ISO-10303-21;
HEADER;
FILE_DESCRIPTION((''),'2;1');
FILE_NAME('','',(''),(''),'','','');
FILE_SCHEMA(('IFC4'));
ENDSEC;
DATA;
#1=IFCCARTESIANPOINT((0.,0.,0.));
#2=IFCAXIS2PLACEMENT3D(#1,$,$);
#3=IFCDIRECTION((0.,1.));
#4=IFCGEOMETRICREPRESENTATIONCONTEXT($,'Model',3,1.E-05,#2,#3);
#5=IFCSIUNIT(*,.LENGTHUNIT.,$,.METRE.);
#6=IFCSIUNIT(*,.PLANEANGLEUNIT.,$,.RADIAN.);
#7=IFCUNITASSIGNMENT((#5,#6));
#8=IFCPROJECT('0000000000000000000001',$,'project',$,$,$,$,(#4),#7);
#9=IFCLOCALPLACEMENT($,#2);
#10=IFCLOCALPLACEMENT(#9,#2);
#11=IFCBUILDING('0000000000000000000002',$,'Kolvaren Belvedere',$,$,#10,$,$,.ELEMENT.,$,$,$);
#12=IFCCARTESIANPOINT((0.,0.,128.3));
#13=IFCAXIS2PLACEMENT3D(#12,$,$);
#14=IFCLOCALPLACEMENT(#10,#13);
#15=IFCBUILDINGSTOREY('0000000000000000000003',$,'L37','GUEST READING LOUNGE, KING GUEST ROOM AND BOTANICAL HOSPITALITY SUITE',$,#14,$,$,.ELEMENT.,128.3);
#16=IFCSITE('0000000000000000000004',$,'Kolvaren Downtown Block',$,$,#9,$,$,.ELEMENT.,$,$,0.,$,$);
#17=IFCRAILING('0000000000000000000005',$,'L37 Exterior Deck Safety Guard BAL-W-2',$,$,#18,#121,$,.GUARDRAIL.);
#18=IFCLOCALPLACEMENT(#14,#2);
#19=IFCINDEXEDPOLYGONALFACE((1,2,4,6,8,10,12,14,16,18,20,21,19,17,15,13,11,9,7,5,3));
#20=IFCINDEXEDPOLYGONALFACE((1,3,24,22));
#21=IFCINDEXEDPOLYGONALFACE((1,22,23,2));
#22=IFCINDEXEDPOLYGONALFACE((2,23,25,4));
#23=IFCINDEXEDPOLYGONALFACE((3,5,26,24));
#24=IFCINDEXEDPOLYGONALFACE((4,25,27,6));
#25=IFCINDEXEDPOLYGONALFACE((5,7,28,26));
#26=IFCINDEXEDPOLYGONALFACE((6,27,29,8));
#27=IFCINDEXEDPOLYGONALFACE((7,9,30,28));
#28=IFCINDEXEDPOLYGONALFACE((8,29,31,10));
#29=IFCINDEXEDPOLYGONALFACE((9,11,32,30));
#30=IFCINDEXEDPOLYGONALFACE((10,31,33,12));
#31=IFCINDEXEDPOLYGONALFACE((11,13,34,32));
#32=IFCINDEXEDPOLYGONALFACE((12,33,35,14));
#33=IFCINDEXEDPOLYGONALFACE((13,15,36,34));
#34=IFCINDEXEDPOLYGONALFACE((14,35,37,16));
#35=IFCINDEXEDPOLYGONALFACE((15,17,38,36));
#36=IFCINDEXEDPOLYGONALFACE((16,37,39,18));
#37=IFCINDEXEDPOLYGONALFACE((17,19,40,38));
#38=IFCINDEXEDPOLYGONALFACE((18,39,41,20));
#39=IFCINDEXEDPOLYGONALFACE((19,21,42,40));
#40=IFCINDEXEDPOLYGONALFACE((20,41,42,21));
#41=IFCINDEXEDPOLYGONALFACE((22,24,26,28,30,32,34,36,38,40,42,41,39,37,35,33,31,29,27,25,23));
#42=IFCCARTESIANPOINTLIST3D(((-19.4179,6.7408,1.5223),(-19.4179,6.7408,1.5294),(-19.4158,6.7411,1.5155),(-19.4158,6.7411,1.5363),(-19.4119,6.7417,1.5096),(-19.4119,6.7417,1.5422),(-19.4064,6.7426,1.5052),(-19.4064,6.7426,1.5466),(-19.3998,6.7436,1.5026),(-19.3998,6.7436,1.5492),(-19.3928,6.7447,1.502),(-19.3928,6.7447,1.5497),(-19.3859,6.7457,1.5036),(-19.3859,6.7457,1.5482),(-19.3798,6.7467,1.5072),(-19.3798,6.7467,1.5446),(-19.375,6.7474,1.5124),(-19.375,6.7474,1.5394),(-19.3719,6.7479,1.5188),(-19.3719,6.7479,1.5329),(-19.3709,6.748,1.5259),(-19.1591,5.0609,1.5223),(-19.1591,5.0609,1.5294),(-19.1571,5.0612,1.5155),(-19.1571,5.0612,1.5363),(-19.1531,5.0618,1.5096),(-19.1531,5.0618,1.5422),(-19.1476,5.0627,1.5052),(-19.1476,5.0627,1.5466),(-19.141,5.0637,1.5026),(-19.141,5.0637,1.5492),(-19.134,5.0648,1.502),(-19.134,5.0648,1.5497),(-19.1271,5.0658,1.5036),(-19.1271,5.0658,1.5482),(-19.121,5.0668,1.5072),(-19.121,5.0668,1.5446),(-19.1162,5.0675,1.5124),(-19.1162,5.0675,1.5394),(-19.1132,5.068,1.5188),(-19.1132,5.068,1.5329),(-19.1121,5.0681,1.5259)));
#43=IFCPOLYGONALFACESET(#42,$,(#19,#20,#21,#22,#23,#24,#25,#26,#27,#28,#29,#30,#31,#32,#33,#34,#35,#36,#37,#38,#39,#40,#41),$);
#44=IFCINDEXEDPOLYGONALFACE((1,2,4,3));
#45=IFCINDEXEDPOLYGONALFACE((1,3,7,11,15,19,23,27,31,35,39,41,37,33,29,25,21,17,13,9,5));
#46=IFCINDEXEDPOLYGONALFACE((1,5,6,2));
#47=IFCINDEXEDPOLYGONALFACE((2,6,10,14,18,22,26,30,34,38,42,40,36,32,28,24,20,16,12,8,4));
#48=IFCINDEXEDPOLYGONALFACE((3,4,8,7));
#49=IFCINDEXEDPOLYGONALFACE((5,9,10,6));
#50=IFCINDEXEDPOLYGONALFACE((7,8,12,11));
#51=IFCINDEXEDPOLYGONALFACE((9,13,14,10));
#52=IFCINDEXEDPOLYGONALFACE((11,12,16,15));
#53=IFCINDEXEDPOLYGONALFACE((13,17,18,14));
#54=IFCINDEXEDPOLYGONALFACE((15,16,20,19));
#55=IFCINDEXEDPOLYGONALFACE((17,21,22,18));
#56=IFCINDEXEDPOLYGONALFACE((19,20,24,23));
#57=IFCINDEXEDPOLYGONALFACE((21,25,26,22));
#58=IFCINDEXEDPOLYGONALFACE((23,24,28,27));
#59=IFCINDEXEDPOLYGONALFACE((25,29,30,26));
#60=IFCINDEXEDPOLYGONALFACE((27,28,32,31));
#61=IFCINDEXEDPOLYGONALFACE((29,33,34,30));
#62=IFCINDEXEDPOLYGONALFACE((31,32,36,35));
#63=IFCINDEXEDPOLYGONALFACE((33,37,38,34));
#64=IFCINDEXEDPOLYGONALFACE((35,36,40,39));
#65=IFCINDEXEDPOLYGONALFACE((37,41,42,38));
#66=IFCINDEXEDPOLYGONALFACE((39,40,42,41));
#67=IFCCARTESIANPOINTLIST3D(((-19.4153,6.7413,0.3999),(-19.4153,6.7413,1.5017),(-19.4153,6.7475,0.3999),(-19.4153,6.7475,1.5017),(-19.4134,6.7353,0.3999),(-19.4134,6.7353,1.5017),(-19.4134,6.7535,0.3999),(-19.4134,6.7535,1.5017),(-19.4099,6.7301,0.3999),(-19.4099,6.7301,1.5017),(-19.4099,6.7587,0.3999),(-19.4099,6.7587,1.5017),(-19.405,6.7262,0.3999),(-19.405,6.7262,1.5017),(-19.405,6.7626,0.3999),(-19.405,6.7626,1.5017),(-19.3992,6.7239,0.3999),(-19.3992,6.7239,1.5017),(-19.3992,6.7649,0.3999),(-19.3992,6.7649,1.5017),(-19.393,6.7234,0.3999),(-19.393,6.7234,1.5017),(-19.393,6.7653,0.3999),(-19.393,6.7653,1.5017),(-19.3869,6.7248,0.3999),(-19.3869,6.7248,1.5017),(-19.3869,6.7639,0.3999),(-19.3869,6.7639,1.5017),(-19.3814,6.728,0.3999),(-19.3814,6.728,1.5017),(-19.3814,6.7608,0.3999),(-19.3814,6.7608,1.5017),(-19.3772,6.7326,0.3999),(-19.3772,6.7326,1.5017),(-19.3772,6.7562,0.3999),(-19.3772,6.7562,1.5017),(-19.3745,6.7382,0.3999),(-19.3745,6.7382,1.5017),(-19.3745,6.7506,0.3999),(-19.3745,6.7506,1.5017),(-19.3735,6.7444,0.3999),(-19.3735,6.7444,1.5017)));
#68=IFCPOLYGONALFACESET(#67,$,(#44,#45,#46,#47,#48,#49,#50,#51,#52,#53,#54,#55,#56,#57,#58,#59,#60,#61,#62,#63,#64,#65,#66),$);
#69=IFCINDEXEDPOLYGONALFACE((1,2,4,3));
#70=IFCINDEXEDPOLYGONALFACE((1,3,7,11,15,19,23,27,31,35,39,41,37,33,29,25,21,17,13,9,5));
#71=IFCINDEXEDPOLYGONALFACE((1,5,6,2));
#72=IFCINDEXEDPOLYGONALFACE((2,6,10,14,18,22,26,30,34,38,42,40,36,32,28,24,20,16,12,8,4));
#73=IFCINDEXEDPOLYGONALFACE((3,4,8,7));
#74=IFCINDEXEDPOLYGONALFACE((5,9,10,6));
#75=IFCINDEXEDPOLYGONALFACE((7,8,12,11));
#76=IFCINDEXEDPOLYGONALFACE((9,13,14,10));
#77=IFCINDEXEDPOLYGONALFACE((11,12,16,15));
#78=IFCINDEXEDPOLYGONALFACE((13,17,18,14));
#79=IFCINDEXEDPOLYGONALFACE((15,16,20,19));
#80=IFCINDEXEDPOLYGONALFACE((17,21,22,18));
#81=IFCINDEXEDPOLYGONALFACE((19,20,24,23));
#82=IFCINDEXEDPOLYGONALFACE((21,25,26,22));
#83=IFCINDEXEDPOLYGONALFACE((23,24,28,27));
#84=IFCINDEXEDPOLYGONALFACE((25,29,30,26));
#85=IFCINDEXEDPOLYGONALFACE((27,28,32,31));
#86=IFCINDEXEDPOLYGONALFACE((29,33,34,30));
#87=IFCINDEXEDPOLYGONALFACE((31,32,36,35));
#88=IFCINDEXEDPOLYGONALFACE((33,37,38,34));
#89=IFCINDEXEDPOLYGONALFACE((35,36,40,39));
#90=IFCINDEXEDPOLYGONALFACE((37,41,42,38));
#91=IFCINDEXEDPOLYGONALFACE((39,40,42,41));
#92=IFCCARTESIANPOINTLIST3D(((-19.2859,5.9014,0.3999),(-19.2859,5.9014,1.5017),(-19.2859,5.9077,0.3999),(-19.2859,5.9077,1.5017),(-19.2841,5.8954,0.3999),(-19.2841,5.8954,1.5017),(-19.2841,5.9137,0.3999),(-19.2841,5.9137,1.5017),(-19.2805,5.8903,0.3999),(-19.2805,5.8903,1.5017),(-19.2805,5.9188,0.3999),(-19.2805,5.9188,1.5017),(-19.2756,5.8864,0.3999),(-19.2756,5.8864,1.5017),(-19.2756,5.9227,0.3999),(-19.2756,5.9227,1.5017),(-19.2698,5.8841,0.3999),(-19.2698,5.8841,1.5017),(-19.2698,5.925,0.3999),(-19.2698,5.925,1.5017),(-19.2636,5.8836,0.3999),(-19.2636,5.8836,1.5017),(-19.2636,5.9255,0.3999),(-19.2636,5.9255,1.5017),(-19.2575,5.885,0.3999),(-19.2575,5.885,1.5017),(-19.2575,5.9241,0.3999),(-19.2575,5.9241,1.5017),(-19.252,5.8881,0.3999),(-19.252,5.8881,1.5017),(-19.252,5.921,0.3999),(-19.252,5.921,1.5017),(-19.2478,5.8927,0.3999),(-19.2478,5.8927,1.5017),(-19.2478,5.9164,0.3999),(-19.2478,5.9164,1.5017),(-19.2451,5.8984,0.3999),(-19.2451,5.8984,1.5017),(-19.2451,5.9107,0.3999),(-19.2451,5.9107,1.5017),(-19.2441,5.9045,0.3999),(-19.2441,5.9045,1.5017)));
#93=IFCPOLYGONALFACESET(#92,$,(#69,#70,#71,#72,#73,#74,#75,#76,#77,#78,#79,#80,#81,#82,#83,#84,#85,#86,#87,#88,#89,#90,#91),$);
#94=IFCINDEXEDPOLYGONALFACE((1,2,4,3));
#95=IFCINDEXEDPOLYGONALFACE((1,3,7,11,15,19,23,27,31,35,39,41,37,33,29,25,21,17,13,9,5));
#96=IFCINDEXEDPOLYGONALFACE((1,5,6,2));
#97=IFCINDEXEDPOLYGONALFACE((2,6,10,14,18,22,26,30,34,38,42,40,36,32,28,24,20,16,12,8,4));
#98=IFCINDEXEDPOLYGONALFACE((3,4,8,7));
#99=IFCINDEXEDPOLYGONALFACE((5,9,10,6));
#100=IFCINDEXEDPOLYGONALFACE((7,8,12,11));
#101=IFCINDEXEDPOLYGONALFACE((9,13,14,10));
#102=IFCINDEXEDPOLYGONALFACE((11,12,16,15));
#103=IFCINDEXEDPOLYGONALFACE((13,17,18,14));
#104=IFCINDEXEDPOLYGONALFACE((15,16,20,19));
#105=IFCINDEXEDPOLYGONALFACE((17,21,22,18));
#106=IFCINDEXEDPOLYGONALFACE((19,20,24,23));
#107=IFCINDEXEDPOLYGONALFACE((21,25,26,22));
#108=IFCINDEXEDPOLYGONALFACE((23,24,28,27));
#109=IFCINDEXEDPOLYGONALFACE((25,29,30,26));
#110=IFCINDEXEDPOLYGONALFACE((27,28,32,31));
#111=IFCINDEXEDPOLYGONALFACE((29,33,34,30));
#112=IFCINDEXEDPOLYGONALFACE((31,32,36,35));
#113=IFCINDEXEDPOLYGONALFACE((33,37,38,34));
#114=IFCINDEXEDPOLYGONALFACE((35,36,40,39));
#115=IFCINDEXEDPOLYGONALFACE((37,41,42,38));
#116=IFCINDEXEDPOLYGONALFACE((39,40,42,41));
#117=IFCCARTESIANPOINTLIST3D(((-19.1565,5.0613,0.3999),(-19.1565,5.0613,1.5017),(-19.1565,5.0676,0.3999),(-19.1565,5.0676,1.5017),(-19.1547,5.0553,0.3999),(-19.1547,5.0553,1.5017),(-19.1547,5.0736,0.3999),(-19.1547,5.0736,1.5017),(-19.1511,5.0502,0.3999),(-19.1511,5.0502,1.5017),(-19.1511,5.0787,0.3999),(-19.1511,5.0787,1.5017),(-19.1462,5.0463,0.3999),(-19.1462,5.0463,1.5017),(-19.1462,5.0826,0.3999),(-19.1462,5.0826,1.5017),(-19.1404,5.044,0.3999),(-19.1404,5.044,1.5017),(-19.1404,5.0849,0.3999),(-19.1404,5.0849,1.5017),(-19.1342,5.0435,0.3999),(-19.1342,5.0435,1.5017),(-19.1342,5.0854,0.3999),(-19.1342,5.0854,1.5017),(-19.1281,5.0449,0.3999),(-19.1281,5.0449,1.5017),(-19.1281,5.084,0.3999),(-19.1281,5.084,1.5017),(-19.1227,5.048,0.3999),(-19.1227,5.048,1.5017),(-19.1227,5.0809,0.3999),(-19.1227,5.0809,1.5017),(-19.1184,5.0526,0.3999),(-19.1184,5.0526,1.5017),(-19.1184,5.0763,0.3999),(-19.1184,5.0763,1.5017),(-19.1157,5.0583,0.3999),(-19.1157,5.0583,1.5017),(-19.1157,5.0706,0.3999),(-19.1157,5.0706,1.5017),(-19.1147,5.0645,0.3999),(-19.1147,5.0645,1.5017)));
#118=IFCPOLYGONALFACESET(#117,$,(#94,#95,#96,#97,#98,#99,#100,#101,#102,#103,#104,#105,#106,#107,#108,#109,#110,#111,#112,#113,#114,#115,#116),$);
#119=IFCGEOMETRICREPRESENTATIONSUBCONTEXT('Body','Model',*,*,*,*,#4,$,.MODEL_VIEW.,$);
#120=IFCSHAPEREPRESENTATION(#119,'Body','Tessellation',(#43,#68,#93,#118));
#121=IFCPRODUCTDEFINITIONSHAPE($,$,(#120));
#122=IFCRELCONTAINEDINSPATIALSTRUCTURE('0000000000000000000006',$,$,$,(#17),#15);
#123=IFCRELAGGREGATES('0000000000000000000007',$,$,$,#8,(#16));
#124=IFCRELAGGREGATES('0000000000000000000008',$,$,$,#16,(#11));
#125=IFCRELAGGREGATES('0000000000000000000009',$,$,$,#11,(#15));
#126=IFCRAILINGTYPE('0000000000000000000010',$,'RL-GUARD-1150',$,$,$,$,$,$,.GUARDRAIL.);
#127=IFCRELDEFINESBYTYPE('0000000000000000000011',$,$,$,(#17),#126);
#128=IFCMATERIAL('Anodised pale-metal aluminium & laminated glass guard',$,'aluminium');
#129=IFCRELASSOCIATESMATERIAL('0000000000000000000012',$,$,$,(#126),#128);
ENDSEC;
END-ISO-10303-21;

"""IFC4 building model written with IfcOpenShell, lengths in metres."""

from ifc_helpers import new_model, si_unit, direction, frame, origin, origin_2d, place, context, subcontext, project, spatial, circle, extrude, material, type_object, element, save


model = new_model("IFC4")

# Units and contexts
model_context = context("Model", 3, precision=1e-05, world=origin(), true_north=direction((0.0, 1.0)))
body_context = subcontext(model_context, "Body", "Model", "MODEL_VIEW")
ifc_project = project(units=[si_unit("LENGTHUNIT", "METRE"), si_unit("PLANEANGLEUNIT", "RADIAN")], contexts=[model_context])

# Site, building, storey
site_placement = place(None, origin())
site = spatial("IfcSite", under=ifc_project, at=site_placement, Name="Kolvaren Downtown Block", CompositionType="ELEMENT", RefElevation=0.0)
building_placement = place(site_placement, origin())
building = spatial("IfcBuilding", under=site, at=building_placement, Name="Kolvaren Belvedere", CompositionType="ELEMENT")
storey_placement = place(building_placement, frame((0.0, 0.0, 128.3)))
storey = spatial("IfcBuildingStorey", under=building, at=storey_placement, Name="L37", Description="GUEST READING LOUNGE, KING GUEST ROOM AND BOTANICAL HOSPITALITY SUITE", CompositionType="ELEMENT", Elevation=128.3)

# Railing
ifc_material_1 = material(Name="Anodised pale-metal aluminium & laminated glass guard", Category="aluminium")
railing_type = type_object("IfcRailingType", Name="RL-GUARD-1150", PredefinedType="GUARDRAIL", material=ifc_material_1)
railing_1_placement = place(storey_placement, frame((-19.3945, 6.7444, 0.3999)))
element("IfcRailing", 1, at=railing_1_placement, inside=storey, type_object=railing_type, Name="L37 Exterior Deck Safety Guard BAL-W-2", PredefinedType="GUARDRAIL", context=body_context, shape_type="SweptSolid", body=[
    extrude(circle(Radius=0.0239, at=origin_2d()), frame((0.0, 0.0, 1.126), z_axis=(0.152251, -0.988342, 0.0), x_axis=(0.988342, 0.152251, 0.0)), (0.0, 0.0, 1.0), 1.6997),
    extrude(circle(Radius=0.021, at=origin_2d()), origin(), (0.0, 0.0, 1.0), 1.1018),
    extrude(circle(Radius=0.021, at=origin_2d()), frame((0.1294, -0.8398, 0.0)), (0.0, 0.0, 1.0), 1.1018),
    extrude(circle(Radius=0.021, at=origin_2d()), frame((0.2588, -1.6799, 0.0)), (0.0, 0.0, 1.0), 1.1018),
])

save(model, "model.ifc")
